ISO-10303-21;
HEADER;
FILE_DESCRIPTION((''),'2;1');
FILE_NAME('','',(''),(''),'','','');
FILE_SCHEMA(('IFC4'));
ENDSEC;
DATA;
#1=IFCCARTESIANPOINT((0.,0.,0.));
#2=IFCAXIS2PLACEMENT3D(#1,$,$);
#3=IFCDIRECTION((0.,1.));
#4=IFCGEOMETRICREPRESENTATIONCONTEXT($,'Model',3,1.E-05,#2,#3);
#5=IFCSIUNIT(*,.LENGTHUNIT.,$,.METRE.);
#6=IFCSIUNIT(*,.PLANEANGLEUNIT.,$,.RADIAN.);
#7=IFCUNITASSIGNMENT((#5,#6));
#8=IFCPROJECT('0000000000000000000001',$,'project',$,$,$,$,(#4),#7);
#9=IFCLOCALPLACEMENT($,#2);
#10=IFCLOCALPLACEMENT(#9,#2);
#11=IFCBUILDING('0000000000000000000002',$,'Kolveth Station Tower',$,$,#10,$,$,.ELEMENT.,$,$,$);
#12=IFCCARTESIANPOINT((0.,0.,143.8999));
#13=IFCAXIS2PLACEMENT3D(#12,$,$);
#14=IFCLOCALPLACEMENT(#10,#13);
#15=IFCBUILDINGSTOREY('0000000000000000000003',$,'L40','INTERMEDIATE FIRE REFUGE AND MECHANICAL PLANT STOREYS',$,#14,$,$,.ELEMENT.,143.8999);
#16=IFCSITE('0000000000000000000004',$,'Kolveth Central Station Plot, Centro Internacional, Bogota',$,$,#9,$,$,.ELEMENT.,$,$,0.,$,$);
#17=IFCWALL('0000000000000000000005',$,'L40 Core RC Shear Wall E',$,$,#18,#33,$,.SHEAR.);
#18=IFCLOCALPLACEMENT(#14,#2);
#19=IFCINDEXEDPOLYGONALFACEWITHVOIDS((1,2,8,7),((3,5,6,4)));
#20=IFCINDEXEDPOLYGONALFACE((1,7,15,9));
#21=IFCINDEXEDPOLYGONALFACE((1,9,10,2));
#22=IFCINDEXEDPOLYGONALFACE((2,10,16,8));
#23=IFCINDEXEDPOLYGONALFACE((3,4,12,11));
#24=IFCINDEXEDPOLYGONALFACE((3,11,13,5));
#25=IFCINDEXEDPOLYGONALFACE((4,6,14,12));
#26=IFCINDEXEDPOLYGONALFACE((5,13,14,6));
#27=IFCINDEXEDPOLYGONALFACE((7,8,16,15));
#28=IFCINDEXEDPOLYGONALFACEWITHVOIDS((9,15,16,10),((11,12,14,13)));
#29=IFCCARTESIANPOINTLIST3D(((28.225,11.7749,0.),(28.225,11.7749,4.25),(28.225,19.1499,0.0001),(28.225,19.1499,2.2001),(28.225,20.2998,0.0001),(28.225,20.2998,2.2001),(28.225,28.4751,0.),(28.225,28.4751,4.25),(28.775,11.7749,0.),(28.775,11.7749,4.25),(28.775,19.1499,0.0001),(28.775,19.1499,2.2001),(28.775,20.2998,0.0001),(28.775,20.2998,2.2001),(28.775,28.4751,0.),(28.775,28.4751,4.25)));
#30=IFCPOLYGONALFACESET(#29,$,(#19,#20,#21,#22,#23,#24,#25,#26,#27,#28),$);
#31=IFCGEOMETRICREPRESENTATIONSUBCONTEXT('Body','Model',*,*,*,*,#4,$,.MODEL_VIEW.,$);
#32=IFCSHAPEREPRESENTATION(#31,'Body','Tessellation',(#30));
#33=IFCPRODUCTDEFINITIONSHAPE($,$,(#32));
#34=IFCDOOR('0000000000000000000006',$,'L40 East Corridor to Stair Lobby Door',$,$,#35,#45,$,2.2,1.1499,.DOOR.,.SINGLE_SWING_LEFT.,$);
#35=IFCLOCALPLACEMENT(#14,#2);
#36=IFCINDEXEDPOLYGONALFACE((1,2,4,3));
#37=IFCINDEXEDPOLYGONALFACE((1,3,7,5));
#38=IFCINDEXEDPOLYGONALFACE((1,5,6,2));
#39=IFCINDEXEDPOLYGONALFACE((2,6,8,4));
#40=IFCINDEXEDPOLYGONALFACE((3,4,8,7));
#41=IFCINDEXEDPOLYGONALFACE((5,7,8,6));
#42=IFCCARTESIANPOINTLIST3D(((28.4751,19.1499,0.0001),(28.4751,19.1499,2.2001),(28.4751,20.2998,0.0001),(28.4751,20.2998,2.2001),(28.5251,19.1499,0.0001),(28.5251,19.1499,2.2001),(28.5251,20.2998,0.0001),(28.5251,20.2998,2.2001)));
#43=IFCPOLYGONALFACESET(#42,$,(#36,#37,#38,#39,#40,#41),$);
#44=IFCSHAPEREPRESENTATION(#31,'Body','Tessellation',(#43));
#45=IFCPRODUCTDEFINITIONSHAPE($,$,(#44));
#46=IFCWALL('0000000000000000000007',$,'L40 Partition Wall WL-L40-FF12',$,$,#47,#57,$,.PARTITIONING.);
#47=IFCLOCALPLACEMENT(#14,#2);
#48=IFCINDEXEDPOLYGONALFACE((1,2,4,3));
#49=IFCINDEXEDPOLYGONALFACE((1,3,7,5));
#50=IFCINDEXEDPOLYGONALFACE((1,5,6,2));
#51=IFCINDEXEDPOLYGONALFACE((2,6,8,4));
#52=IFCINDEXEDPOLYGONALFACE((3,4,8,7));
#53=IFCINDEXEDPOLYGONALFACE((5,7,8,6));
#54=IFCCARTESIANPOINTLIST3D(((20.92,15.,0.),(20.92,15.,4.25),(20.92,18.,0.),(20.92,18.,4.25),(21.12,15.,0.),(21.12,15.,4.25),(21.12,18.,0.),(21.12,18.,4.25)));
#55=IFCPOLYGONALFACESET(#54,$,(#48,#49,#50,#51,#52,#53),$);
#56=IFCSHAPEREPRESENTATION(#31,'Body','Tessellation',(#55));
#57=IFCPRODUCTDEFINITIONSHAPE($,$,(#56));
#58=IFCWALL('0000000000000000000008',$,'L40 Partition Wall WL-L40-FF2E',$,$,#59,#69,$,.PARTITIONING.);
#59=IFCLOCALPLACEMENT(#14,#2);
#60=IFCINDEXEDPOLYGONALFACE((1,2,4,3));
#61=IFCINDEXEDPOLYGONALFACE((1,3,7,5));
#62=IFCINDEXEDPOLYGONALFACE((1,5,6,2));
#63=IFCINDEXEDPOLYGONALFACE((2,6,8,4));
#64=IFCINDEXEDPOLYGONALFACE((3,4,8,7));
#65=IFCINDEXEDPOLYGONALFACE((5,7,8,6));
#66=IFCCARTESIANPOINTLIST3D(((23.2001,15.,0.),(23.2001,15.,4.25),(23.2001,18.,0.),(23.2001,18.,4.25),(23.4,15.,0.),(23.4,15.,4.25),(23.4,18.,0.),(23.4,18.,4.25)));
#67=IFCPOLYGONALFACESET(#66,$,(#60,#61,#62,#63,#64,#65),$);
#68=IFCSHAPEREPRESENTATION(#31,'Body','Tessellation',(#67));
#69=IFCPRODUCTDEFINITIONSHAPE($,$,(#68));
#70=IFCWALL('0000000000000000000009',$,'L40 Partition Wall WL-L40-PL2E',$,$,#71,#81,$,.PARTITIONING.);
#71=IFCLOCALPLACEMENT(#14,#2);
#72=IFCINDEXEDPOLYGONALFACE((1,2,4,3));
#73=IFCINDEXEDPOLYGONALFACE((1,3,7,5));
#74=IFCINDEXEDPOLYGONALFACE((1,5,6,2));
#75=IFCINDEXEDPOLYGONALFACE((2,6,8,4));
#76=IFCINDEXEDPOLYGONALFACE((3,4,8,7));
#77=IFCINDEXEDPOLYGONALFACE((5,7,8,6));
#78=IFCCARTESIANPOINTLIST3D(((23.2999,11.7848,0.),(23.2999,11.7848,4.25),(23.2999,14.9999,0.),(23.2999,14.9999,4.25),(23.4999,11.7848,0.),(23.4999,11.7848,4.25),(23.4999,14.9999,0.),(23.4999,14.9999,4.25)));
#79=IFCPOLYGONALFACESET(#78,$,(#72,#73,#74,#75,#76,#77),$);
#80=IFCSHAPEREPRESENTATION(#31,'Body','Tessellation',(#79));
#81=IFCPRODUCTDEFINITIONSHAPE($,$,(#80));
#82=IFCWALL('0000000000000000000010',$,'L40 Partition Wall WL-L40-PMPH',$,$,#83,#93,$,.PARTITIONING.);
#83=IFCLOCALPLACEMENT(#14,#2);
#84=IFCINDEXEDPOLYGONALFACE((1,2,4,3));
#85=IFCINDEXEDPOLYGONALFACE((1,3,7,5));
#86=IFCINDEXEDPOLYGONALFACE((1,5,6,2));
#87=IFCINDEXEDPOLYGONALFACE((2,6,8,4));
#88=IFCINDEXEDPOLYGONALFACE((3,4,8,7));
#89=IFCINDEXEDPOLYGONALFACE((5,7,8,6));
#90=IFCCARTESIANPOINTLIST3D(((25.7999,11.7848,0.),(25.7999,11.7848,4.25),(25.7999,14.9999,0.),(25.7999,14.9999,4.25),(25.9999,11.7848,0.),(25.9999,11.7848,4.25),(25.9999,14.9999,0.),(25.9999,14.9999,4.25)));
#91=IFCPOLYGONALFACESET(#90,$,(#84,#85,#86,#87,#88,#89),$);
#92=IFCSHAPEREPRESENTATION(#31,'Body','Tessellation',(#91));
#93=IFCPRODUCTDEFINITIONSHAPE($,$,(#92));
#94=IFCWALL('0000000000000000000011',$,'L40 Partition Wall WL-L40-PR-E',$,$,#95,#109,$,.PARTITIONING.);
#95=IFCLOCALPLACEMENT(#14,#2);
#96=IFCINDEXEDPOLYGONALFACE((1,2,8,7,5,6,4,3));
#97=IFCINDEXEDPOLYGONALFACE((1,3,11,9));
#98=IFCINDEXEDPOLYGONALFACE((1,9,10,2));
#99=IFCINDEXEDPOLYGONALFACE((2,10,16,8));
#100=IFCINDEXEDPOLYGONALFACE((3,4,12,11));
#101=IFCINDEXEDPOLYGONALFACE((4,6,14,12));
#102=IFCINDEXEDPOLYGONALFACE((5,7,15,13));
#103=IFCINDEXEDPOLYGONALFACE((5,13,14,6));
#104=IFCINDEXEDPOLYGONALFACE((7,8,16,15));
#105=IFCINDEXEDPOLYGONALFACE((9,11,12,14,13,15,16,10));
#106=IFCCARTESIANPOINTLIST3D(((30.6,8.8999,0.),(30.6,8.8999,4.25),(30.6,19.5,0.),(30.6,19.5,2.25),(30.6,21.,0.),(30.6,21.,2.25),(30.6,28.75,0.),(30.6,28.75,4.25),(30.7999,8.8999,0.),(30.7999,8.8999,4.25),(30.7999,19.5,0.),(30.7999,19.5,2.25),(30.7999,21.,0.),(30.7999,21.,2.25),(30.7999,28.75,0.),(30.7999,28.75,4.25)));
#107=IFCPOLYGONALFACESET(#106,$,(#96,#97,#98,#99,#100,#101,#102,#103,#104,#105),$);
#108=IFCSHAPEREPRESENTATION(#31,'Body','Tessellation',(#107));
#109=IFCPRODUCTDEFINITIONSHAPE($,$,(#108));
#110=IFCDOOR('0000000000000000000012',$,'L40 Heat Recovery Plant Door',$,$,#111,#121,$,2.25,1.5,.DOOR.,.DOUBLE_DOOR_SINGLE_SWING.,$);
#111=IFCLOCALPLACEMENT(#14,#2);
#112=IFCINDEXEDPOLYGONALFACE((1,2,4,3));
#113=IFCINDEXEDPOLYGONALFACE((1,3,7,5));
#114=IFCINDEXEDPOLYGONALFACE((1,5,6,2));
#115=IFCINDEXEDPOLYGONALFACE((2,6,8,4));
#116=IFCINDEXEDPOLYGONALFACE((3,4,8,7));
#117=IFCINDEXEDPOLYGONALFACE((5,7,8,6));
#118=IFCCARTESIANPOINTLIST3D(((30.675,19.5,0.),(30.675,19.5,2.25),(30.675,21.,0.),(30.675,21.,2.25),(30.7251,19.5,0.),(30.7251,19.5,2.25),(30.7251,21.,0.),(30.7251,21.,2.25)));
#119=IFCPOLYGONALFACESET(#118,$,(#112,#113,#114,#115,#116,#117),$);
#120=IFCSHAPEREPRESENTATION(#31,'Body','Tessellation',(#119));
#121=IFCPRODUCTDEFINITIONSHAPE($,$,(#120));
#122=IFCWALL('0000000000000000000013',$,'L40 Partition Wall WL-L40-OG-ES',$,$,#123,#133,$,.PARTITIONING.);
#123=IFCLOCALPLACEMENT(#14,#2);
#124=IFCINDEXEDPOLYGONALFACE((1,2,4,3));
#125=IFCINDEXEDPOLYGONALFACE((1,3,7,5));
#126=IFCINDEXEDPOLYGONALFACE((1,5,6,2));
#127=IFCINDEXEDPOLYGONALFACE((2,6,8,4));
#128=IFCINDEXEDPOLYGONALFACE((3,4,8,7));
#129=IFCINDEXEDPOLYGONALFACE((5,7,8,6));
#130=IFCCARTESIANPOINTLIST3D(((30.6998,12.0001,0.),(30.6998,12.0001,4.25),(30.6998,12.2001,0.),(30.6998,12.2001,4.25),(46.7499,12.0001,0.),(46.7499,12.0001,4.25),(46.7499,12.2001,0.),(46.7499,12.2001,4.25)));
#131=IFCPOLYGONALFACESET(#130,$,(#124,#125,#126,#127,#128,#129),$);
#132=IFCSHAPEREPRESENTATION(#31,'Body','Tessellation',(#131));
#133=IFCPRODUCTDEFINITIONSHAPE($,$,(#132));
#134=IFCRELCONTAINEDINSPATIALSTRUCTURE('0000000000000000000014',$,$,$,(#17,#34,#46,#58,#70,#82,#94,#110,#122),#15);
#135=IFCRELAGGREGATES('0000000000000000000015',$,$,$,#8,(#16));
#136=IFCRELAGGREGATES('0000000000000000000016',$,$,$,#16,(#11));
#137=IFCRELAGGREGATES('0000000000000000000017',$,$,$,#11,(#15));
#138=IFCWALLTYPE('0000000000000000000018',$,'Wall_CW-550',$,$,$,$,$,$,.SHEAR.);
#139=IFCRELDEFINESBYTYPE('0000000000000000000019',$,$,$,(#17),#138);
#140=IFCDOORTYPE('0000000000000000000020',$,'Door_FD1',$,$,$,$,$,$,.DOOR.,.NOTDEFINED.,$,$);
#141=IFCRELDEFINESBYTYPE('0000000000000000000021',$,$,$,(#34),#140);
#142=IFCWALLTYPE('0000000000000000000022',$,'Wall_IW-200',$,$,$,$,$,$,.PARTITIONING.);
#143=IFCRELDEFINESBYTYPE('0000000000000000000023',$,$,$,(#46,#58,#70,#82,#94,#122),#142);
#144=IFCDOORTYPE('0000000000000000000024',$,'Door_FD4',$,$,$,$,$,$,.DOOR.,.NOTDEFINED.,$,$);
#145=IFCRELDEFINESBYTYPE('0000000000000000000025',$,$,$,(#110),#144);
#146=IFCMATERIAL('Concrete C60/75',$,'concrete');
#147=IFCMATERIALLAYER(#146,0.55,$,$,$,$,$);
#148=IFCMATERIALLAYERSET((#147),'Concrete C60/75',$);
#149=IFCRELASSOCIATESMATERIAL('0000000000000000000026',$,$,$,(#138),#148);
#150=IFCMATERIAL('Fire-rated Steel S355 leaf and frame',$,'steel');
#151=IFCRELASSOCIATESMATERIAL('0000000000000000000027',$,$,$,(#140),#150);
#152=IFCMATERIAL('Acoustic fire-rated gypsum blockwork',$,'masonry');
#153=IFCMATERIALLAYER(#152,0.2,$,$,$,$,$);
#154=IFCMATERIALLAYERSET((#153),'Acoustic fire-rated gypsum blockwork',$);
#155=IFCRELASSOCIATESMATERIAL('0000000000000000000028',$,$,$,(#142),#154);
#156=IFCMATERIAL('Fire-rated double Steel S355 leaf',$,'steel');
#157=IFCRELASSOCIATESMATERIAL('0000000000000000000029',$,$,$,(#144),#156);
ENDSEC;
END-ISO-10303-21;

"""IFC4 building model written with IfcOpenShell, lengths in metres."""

from ifc_helpers import new_model, si_unit, direction, frame, frame_2d, origin, place, context, subcontext, project, spatial, rectangle, extrude, material, layer, layer_set, type_object, element, fill, save


model = new_model("IFC4")

# Units and contexts
model_context = context("Model", 3, precision=1e-05, world=origin(), true_north=direction((0.0, 1.0)))
body_context = subcontext(model_context, "Body", "Model", "MODEL_VIEW")
ifc_project = project(units=[si_unit("LENGTHUNIT", "METRE"), si_unit("PLANEANGLEUNIT", "RADIAN")], contexts=[model_context])

# Site, building, storey
site_placement = place(None, origin())
site = spatial("IfcSite", under=ifc_project, at=site_placement, Name="Kolveth Central Station Plot, Centro Internacional, Bogota", CompositionType="ELEMENT", RefElevation=0.0)
building_placement = place(site_placement, origin())
building = spatial("IfcBuilding", under=site, at=building_placement, Name="Kolveth Station Tower", CompositionType="ELEMENT")
storey_placement = place(building_placement, frame((0.0, 0.0, 143.8999)))
storey = spatial("IfcBuildingStorey", under=building, at=storey_placement, Name="L40", Description="INTERMEDIATE FIRE REFUGE AND MECHANICAL PLANT STOREYS", CompositionType="ELEMENT", Elevation=143.8999)

# Wall, opening, door
ifc_material_1 = material(Name="Concrete C60/75", Category="concrete")
ifc_layer_1 = layer(ifc_material_1, 0.55)
ifc_layer_set_1 = layer_set([ifc_layer_1], Name="Concrete C60/75")
wall_type_1 = type_object("IfcWallType", Name="Wall_CW-550", PredefinedType="SHEAR", material=ifc_layer_set_1)
wall_1_placement = place(storey_placement, frame((28.5, 11.7749, 0.0), z_axis=(0.0, 0.0, 1.0), x_axis=(0.0, 1.0, 0.0)))
wall_1 = element("IfcWall", 1, at=wall_1_placement, inside=storey, type_object=wall_type_1, Name="L40 Core RC Shear Wall E", PredefinedType="SHEAR", context=body_context, shape_type="SweptSolid", body=[
    extrude(rectangle(XDim=16.7002, YDim=0.55, at=frame_2d((8.3501, 0.0))), origin(), (0.0, 0.0, 1.0), 4.25),
])
opening_1_placement = place(wall_1_placement, frame((7.375, 0.0, 0.0)))
opening_1 = element("IfcOpeningElement", 2, at=opening_1_placement, cuts=wall_1, PredefinedType="OPENING", context=body_context, shape_type="SweptSolid", body=[
    extrude(rectangle(XDim=1.1499, YDim=2.2, at=frame_2d((0.575, 1.1001))), frame((0.0, 0.2849, 0.0), z_axis=(0.0, -1.0, 0.0), x_axis=(1.0, 0.0, 0.0)), (0.0, 0.0, 1.0), 0.5701),
])
ifc_material_2 = material(Name="Fire-rated Steel S355 leaf and frame", Category="steel")
door_type_1 = type_object("IfcDoorType", Name="Door_FD1", OperationType="NOTDEFINED", PredefinedType="DOOR", material=ifc_material_2)
door_1_placement = place(opening_1_placement, origin())
door_1 = element("IfcDoor", 3, at=door_1_placement, inside=storey, type_object=door_type_1, Name="L40 East Corridor to Stair Lobby Door", OperationType="SINGLE_SWING_LEFT", OverallHeight=2.2, OverallWidth=1.1499, PredefinedType="DOOR", context=body_context, shape_type="SweptSolid", body=[
    extrude(rectangle(XDim=1.1499, YDim=2.2, at=frame_2d((0.575, 1.1001))), frame((0.0, 0.0249, 0.0), z_axis=(0.0, -1.0, 0.0), x_axis=(1.0, 0.0, 0.0)), (0.0, 0.0, 1.0), 0.05),
])
fill(opening_1, door_1)

# Walls
ifc_material_3 = material(Name="Acoustic fire-rated gypsum blockwork", Category="masonry")
ifc_layer_2 = layer(ifc_material_3, 0.2)
ifc_layer_set_2 = layer_set([ifc_layer_2], Name="Acoustic fire-rated gypsum blockwork")
wall_type_2 = type_object("IfcWallType", Name="Wall_IW-200", PredefinedType="PARTITIONING", material=ifc_layer_set_2)
for number, where, z_axis, x_axis, name in (
    (4, (21.02, 15.0, 0.0), (0.0, 0.0, 1.0), (0.0, 1.0, 0.0), "L40 Partition Wall WL-L40-FF12"),
    (5, (23.3, 15.0, 0.0), (0.0, 0.0, 1.0), (0.0, 1.0, 0.0), "L40 Partition Wall WL-L40-FF2E"),
):
    element("IfcWall", number, at=place(storey_placement, frame(where, z_axis=z_axis, x_axis=x_axis)), inside=storey, type_object=wall_type_2, Name=name, PredefinedType="PARTITIONING", context=body_context, shape_type="SweptSolid", body=[
        extrude(rectangle(XDim=3.0, YDim=0.2, at=frame_2d((1.5, 0.0))), origin(), (0.0, 0.0, 1.0), 4.25),
    ])
for number, where, z_axis, x_axis, name in (
    (6, (23.3999, 11.7849, 0.0), (0.0, 0.0, 1.0), (0.0, 1.0, 0.0), "L40 Partition Wall WL-L40-PL2E"),
    (7, (25.8999, 11.7849, 0.0), (0.0, 0.0, 1.0), (0.0, 1.0, 0.0), "L40 Partition Wall WL-L40-PMPH"),
):
    element("IfcWall", number, at=place(storey_placement, frame(where, z_axis=z_axis, x_axis=x_axis)), inside=storey, type_object=wall_type_2, Name=name, PredefinedType="PARTITIONING", context=body_context, shape_type="SweptSolid", body=[
        extrude(rectangle(XDim=3.2151, YDim=0.2, at=frame_2d((1.6074, 0.0))), origin(), (0.0, 0.0, 1.0), 4.25),
    ])

# Wall, opening, door
wall_2_placement = place(storey_placement, frame((30.7, 8.8999, 0.0), z_axis=(0.0, 0.0, 1.0), x_axis=(0.0, 1.0, 0.0)))
wall_2 = element("IfcWall", 8, at=wall_2_placement, inside=storey, type_object=wall_type_2, Name="L40 Partition Wall WL-L40-PR-E", PredefinedType="PARTITIONING", context=body_context, shape_type="SweptSolid", body=[
    extrude(rectangle(XDim=19.8501, YDim=0.2, at=frame_2d((9.925, 0.0))), origin(), (0.0, 0.0, 1.0), 4.25),
])
opening_2_placement = place(wall_2_placement, frame((10.6001, 0.0, 0.0)))
opening_2 = element("IfcOpeningElement", 9, at=opening_2_placement, cuts=wall_2, PredefinedType="OPENING", context=body_context, shape_type="SweptSolid", body=[
    extrude(rectangle(XDim=1.5, YDim=2.25, at=frame_2d((0.75, 1.125))), frame((0.0, 0.1099, 0.0), z_axis=(0.0, -1.0, 0.0), x_axis=(1.0, 0.0, 0.0)), (0.0, 0.0, 1.0), 0.22),
])
ifc_material_4 = material(Name="Fire-rated double Steel S355 leaf", Category="steel")
door_type_2 = type_object("IfcDoorType", Name="Door_FD4", OperationType="NOTDEFINED", PredefinedType="DOOR", material=ifc_material_4)
door_2_placement = place(opening_2_placement, origin())
door_2 = element("IfcDoor", 10, at=door_2_placement, inside=storey, type_object=door_type_2, Name="L40 Heat Recovery Plant Door", OperationType="DOUBLE_DOOR_SINGLE_SWING", OverallHeight=2.25, OverallWidth=1.5, PredefinedType="DOOR", context=body_context, shape_type="SweptSolid", body=[
    extrude(rectangle(XDim=1.5, YDim=2.25, at=frame_2d((0.75, 1.125))), frame((0.0, 0.0249, 0.0), z_axis=(0.0, -1.0, 0.0), x_axis=(1.0, 0.0, 0.0)), (0.0, 0.0, 1.0), 0.05),
])
fill(opening_2, door_2)

# Wall
wall_3_placement = place(storey_placement, frame((30.7, 12.1001, 0.0), z_axis=(0.0, 0.0, 1.0), x_axis=(1.0, 0.0, 0.0)))
element("IfcWall", 11, at=wall_3_placement, inside=storey, type_object=wall_type_2, Name="L40 Partition Wall WL-L40-OG-ES", PredefinedType="PARTITIONING", context=body_context, shape_type="SweptSolid", body=[
    extrude(rectangle(XDim=16.05, YDim=0.2, at=frame_2d((8.0249, 0.0))), origin(), (0.0, 0.0, 1.0), 4.25),
])

save(model, "model.ifc")
